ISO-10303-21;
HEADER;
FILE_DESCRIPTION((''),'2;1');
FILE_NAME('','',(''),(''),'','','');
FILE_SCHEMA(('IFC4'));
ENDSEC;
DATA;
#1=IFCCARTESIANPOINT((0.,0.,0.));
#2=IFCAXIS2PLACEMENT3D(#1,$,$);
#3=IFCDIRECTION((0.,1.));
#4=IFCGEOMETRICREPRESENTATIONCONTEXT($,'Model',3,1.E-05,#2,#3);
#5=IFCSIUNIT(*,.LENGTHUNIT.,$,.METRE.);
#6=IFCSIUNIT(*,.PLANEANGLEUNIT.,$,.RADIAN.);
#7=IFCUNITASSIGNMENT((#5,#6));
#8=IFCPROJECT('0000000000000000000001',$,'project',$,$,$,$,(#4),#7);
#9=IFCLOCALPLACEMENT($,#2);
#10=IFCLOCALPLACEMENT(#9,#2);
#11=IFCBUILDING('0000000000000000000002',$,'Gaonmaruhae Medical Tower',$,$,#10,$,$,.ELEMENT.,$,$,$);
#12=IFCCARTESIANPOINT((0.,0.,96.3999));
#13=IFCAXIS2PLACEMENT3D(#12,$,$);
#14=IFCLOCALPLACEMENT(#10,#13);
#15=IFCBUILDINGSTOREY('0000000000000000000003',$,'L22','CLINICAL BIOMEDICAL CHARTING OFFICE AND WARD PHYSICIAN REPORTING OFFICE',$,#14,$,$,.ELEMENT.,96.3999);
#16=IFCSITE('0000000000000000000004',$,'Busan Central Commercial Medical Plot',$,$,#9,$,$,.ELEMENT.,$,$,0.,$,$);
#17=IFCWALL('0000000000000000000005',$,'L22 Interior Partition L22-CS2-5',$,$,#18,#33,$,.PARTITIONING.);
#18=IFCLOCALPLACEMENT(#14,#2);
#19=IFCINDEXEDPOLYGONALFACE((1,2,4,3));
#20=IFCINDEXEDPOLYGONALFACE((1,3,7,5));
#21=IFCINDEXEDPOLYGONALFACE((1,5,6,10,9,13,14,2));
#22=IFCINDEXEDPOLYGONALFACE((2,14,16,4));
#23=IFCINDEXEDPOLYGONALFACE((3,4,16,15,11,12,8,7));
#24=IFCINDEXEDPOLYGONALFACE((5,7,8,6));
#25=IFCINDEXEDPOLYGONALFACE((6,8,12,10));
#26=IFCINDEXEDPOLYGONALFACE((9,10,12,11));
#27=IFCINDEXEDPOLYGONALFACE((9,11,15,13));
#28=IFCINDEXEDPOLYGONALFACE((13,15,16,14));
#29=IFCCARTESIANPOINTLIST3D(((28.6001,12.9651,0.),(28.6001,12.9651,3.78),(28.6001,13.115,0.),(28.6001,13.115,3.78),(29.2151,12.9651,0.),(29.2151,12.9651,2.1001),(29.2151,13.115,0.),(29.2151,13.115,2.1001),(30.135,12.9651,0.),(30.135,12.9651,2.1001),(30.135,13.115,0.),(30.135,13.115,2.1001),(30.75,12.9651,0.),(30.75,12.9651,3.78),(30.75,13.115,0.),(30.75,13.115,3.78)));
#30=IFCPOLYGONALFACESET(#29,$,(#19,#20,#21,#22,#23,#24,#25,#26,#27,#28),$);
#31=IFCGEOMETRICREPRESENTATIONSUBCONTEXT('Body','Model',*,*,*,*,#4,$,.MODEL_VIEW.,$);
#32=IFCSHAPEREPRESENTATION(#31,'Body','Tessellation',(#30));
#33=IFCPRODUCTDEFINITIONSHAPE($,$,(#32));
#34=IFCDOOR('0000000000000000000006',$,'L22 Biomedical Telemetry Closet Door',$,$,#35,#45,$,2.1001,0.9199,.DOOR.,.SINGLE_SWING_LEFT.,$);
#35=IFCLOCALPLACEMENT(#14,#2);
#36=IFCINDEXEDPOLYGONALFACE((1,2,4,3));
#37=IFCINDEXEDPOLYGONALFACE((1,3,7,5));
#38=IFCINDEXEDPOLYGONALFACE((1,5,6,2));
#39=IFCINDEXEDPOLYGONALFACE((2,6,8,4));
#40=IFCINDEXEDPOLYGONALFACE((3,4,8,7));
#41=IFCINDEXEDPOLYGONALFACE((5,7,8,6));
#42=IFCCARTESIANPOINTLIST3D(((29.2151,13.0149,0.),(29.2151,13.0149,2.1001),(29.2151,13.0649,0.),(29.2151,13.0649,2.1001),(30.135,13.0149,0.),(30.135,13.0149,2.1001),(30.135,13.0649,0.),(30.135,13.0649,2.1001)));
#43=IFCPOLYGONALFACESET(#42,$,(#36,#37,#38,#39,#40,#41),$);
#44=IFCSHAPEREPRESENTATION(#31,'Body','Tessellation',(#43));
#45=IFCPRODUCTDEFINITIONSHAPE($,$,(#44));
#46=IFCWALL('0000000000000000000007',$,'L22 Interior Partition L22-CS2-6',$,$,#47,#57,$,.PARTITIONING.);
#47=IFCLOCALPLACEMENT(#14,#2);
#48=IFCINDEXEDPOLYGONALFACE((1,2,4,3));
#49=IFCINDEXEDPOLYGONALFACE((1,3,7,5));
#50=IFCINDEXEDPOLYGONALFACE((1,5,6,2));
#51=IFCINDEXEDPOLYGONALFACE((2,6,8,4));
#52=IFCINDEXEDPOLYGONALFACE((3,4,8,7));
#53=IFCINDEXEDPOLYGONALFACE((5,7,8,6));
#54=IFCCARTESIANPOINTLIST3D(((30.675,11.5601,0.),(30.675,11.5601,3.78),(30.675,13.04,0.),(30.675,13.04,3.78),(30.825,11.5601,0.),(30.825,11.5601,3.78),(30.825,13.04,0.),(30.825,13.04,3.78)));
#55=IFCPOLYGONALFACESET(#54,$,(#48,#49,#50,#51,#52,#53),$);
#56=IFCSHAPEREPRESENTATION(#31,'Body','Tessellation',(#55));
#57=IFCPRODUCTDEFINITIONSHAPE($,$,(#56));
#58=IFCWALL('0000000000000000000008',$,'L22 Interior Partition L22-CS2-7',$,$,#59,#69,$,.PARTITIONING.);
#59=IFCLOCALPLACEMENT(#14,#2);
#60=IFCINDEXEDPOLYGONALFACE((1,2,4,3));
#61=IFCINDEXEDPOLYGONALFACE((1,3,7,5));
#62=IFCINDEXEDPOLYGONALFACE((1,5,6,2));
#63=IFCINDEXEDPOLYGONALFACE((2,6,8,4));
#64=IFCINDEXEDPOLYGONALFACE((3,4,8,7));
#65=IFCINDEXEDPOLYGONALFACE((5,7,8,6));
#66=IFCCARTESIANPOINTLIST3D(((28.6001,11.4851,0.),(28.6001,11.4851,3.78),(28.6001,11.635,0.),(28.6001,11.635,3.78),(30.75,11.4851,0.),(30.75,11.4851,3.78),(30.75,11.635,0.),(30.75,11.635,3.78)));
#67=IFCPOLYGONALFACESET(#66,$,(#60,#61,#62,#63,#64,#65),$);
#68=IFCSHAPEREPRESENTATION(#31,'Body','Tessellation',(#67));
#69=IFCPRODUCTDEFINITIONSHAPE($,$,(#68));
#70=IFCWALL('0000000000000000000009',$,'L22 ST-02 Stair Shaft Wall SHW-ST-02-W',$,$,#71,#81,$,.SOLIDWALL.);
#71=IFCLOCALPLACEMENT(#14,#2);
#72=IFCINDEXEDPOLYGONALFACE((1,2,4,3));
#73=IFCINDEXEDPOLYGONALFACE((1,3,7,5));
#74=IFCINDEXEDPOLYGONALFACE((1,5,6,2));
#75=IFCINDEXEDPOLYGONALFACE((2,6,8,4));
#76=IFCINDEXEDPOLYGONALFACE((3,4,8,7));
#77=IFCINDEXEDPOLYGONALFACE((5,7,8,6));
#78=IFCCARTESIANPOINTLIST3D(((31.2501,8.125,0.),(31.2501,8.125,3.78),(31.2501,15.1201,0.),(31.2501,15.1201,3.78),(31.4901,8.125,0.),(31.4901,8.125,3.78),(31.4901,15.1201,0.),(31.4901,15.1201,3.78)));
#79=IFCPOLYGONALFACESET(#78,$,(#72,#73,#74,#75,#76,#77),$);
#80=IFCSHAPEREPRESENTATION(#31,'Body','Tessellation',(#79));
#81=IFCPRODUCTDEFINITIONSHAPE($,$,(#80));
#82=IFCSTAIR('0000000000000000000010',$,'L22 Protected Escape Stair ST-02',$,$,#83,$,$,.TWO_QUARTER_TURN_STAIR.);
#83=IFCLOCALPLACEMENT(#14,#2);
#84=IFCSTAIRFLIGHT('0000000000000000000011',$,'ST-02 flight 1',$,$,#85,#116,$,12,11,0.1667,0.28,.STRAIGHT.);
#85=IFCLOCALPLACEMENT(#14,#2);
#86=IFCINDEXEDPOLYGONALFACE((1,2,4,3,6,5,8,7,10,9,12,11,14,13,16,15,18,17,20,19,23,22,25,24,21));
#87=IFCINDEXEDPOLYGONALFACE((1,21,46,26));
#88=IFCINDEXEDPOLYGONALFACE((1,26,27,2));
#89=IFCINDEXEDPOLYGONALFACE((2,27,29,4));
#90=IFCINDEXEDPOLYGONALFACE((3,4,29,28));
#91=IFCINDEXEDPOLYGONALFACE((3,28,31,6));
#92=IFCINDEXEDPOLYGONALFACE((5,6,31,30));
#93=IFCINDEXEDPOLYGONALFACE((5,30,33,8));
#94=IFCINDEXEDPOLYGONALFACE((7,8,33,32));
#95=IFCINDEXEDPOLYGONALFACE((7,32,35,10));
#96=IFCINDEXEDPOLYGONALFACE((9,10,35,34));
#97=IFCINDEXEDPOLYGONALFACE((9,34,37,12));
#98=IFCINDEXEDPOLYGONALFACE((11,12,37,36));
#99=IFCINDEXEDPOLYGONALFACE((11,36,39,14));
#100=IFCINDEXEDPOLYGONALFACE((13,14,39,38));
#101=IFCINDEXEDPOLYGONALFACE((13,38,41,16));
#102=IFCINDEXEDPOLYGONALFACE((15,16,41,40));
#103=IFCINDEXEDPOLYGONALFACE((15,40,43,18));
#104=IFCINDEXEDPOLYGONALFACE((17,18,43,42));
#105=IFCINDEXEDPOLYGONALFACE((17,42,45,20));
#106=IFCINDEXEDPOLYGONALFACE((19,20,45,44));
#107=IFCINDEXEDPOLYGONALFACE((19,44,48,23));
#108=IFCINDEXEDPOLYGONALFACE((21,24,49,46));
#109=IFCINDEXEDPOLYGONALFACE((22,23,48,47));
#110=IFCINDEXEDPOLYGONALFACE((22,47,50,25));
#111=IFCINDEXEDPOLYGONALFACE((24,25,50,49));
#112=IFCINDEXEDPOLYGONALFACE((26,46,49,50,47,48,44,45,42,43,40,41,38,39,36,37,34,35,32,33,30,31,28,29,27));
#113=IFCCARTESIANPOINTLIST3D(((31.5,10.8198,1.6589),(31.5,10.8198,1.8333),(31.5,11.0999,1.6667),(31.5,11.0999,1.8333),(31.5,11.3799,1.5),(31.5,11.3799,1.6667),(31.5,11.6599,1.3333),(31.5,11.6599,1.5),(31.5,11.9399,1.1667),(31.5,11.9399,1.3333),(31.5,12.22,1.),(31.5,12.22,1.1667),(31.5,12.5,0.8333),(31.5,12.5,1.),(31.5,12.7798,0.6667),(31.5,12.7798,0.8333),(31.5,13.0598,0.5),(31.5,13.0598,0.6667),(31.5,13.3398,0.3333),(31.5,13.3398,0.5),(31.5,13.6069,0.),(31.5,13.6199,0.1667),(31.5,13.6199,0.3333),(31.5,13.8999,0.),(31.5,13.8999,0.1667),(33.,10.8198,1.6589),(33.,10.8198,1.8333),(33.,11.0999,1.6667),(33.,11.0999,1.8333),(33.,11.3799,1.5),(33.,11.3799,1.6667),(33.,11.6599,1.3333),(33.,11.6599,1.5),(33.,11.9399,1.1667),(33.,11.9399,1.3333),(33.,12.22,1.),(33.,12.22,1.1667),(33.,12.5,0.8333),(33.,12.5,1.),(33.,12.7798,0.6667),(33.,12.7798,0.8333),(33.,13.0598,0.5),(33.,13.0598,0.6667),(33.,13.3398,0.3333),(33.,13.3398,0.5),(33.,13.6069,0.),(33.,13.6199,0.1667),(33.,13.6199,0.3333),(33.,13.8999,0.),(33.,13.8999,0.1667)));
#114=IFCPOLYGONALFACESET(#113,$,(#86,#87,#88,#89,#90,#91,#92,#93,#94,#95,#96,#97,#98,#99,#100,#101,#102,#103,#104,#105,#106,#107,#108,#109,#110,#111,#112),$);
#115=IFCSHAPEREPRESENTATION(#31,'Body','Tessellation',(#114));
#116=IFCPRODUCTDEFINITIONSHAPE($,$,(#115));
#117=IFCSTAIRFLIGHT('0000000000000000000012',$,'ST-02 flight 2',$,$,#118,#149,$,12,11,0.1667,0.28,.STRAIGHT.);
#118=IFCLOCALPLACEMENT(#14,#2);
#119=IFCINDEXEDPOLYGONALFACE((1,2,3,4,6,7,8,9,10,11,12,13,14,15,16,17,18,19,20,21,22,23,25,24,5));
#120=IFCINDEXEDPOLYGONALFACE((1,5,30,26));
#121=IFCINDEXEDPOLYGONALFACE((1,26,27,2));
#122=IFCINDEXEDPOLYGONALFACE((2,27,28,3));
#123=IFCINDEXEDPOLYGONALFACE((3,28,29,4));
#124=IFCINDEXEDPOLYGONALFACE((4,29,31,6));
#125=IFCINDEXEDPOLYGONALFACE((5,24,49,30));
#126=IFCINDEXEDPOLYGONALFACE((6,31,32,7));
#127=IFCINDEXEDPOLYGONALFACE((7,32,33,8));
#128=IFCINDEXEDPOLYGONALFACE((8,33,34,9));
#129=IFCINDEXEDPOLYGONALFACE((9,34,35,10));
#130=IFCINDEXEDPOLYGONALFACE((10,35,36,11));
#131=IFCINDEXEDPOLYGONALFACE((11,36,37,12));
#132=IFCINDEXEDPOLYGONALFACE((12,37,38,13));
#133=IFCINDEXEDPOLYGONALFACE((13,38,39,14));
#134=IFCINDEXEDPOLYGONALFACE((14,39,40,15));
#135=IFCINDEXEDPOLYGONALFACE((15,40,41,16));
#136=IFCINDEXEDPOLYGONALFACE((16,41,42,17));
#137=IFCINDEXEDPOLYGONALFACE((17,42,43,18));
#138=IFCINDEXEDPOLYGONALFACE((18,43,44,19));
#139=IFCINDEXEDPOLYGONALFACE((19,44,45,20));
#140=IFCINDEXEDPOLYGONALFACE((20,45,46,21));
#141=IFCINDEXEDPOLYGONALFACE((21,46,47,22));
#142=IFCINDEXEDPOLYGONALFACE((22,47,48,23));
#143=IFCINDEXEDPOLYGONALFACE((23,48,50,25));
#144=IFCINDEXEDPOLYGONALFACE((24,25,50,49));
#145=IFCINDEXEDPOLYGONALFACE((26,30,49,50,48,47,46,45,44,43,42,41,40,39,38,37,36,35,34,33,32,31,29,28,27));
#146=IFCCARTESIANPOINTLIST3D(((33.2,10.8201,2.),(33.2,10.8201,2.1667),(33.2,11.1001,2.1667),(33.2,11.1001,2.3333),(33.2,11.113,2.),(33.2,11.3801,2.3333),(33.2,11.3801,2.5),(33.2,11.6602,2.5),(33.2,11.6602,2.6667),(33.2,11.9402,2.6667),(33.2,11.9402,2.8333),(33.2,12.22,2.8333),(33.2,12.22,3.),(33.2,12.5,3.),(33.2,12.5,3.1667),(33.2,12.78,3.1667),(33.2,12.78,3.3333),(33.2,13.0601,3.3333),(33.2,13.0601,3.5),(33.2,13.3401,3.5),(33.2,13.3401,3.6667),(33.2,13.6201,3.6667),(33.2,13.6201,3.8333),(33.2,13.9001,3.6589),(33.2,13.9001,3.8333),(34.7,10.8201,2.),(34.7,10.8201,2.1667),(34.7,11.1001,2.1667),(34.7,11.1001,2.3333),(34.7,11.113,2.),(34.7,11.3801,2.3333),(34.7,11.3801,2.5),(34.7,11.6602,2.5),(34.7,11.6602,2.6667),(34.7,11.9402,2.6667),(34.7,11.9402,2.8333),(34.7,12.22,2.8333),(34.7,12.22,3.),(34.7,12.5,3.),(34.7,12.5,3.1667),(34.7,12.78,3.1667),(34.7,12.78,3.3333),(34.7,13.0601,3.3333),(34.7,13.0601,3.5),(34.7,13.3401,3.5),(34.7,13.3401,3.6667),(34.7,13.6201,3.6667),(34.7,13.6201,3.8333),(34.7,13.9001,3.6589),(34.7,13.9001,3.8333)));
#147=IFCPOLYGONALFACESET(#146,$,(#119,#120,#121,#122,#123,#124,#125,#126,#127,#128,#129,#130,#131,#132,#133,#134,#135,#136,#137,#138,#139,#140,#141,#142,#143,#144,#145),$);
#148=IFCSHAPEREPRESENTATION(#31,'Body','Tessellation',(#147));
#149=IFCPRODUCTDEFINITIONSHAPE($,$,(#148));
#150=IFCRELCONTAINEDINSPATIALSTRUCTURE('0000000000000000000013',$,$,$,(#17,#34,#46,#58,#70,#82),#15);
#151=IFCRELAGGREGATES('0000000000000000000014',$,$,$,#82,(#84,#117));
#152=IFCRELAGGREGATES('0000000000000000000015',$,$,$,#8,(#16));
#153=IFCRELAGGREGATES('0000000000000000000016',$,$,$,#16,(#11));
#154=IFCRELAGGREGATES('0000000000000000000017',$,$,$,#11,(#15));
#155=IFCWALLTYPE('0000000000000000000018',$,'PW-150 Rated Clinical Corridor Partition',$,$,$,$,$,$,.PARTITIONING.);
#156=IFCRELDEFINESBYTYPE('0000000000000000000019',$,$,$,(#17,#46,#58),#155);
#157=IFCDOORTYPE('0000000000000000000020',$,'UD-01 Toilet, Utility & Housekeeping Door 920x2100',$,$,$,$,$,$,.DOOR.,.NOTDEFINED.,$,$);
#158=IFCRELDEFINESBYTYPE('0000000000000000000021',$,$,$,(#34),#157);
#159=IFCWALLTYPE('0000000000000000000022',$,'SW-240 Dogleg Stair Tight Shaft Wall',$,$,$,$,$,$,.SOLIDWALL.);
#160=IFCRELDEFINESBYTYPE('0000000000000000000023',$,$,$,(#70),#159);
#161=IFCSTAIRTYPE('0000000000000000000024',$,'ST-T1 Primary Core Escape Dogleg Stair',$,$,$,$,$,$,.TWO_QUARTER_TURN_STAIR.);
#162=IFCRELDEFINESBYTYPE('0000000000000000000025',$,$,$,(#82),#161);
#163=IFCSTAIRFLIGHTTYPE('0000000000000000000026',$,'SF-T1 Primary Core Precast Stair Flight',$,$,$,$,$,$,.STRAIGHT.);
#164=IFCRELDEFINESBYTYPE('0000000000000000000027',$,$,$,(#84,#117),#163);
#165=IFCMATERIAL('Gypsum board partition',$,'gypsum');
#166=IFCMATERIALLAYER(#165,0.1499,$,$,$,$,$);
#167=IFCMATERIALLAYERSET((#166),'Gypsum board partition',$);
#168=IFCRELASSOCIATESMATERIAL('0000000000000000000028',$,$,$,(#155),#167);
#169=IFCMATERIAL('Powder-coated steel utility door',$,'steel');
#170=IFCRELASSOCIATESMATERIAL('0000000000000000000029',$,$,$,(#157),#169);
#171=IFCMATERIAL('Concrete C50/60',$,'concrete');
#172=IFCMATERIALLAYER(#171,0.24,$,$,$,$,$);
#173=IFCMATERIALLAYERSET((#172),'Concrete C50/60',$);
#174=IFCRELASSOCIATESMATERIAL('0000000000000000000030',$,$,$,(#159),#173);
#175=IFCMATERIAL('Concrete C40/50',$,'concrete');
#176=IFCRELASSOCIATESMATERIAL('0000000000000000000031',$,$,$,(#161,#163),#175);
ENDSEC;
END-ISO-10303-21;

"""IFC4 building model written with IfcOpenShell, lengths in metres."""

from ifc_helpers import new_model, si_unit, direction, frame, frame_2d, origin, place, context, subcontext, project, spatial, polyline, rectangle, outline, extrude, material, layer, layer_set, type_object, element, fill, aggregate, save


model = new_model("IFC4")

# Units and contexts
model_context = context("Model", 3, precision=1e-05, world=origin(), true_north=direction((0.0, 1.0)))
body_context = subcontext(model_context, "Body", "Model", "MODEL_VIEW")
ifc_project = project(units=[si_unit("LENGTHUNIT", "METRE"), si_unit("PLANEANGLEUNIT", "RADIAN")], contexts=[model_context])

# Site, building, storey
site_placement = place(None, origin())
site = spatial("IfcSite", under=ifc_project, at=site_placement, Name="Busan Central Commercial Medical Plot", CompositionType="ELEMENT", RefElevation=0.0)
building_placement = place(site_placement, origin())
building = spatial("IfcBuilding", under=site, at=building_placement, Name="Gaonmaruhae Medical Tower", CompositionType="ELEMENT")
storey_placement = place(building_placement, frame((0.0, 0.0, 96.3999)))
storey = spatial("IfcBuildingStorey", under=building, at=storey_placement, Name="L22", Description="CLINICAL BIOMEDICAL CHARTING OFFICE AND WARD PHYSICIAN REPORTING OFFICE", CompositionType="ELEMENT", Elevation=96.3999)

# Shared definitions
ifc_material_1 = material(Name="Gypsum board partition", Category="gypsum")
ifc_layer_1 = layer(ifc_material_1, 0.1499)
ifc_layer_set_1 = layer_set([ifc_layer_1], Name="Gypsum board partition")
wall_type_1 = type_object("IfcWallType", Name="PW-150 Rated Clinical Corridor Partition", PredefinedType="PARTITIONING", material=ifc_layer_set_1)

# Shared definitions
ifc_material_2 = material(Name="Powder-coated steel utility door", Category="steel")
door_type_1 = type_object("IfcDoorType", Name="UD-01 Toilet, Utility & Housekeeping Door 920x2100", OperationType="NOTDEFINED", PredefinedType="DOOR", material=ifc_material_2)

# Wall, opening, door
wall_1_placement = place(storey_placement, frame((28.6001, 13.04, 0.0), z_axis=(0.0, 0.0, 1.0), x_axis=(1.0, 0.0, 0.0)))
wall_1 = element("IfcWall", 1, at=wall_1_placement, inside=storey, type_object=wall_type_1, Name="L22 Interior Partition L22-CS2-5", PredefinedType="PARTITIONING", context=body_context, shape_type="SweptSolid", body=[
    extrude(rectangle(XDim=2.1499, YDim=0.1499, at=frame_2d((1.075, 0.0))), origin(), (0.0, 0.0, 1.0), 3.78),
])
opening_1_placement = place(wall_1_placement, frame((0.615, 0.0, 0.0)))
opening_1 = element("IfcOpeningElement", 2, at=opening_1_placement, cuts=wall_1, PredefinedType="OPENING", context=body_context, shape_type="SweptSolid", body=[
    extrude(rectangle(XDim=0.9199, YDim=2.1001, at=frame_2d((0.46, 1.05))), frame((0.0, 0.085, 0.0), z_axis=(0.0, -1.0, 0.0), x_axis=(1.0, 0.0, 0.0)), (0.0, 0.0, 1.0), 0.1699),
])
door_1_placement = place(opening_1_placement, origin())
door_1 = element("IfcDoor", 3, at=door_1_placement, inside=storey, type_object=door_type_1, Name="L22 Biomedical Telemetry Closet Door", OperationType="SINGLE_SWING_LEFT", OverallHeight=2.1001, OverallWidth=0.9199, PredefinedType="DOOR", context=body_context, shape_type="SweptSolid", body=[
    extrude(rectangle(XDim=0.9199, YDim=2.1001, at=frame_2d((0.46, 1.05))), frame((0.0, 0.0249, 0.0), z_axis=(0.0, -1.0, 0.0), x_axis=(1.0, 0.0, 0.0)), (0.0, 0.0, 1.0), 0.05),
])
fill(opening_1, door_1)

# Walls
wall_2_placement = place(storey_placement, frame((30.75, 13.04, 0.0), z_axis=(0.0, 0.0, 1.0), x_axis=(0.0, -1.0, 0.0)))
element("IfcWall", 4, at=wall_2_placement, inside=storey, type_object=wall_type_1, Name="L22 Interior Partition L22-CS2-6", PredefinedType="PARTITIONING", context=body_context, shape_type="SweptSolid", body=[
    extrude(rectangle(XDim=1.48, YDim=0.1499, at=frame_2d((0.74, 0.0))), origin(), (0.0, 0.0, 1.0), 3.78),
])
wall_3_placement = place(storey_placement, frame((30.75, 11.5601, 0.0), z_axis=(0.0, 0.0, 1.0), x_axis=(-1.0, 0.0, 0.0)))
element("IfcWall", 5, at=wall_3_placement, inside=storey, type_object=wall_type_1, Name="L22 Interior Partition L22-CS2-7", PredefinedType="PARTITIONING", context=body_context, shape_type="SweptSolid", body=[
    extrude(rectangle(XDim=2.1499, YDim=0.1499, at=frame_2d((1.075, 0.0))), origin(), (0.0, 0.0, 1.0), 3.78),
])
ifc_material_3 = material(Name="Concrete C50/60", Category="concrete")
ifc_layer_2 = layer(ifc_material_3, 0.24)
ifc_layer_set_2 = layer_set([ifc_layer_2], Name="Concrete C50/60")
wall_type_2 = type_object("IfcWallType", Name="SW-240 Dogleg Stair Tight Shaft Wall", PredefinedType="SOLIDWALL", material=ifc_layer_set_2)
wall_4_placement = place(storey_placement, frame((31.3701, 8.125, 0.0), z_axis=(0.0, 0.0, 1.0), x_axis=(0.0, 1.0, 0.0)))
element("IfcWall", 6, at=wall_4_placement, inside=storey, type_object=wall_type_2, Name="L22 ST-02 Stair Shaft Wall SHW-ST-02-W", PredefinedType="SOLIDWALL", context=body_context, shape_type="SweptSolid", body=[
    extrude(rectangle(XDim=6.9951, YDim=0.24, at=frame_2d((3.4976, 0.0))), origin(), (0.0, 0.0, 1.0), 3.78),
])

# Stair, stair flights
ifc_material_4 = material(Name="Concrete C40/50", Category="concrete")
stair_type = type_object("IfcStairType", Name="ST-T1 Primary Core Escape Dogleg Stair", PredefinedType="TWO_QUARTER_TURN_STAIR", material=ifc_material_4)
stair_placement = place(storey_placement, origin())
stair = element("IfcStair", 7, at=stair_placement, inside=storey, type_object=stair_type, Name="L22 Protected Escape Stair ST-02", PredefinedType="TWO_QUARTER_TURN_STAIR")
stair_flight_type = type_object("IfcStairFlightType", Name="SF-T1 Primary Core Precast Stair Flight", PredefinedType="STRAIGHT", material=ifc_material_4)
stair_flight_1_placement = place(storey_placement, frame((32.25, 13.8999, 0.0), z_axis=(0.0, 0.0, 1.0), x_axis=(0.0, -1.0, 0.0)))
stair_flight_1 = element("IfcStairFlight", 8, at=stair_flight_1_placement, type_object=stair_flight_type, Name="ST-02 flight 1", NumberOfRisers=12, NumberOfTreads=11, PredefinedType="STRAIGHT", RiserHeight=0.1667, TreadLength=0.28, context=body_context, shape_type="SweptSolid", body=[
    extrude(outline(polyline([(0.0, 0.0), (0.0, 0.1667), (0.28, 0.1667), (0.28, 0.3333), (0.5601, 0.3333), (0.5601, 0.5), (0.8401, 0.5), (0.8401, 0.6667), (1.1201, 0.6667), (1.1201, 0.8333), (1.3999, 0.8333), (1.3999, 1.0), (1.6799, 1.0), (1.6799, 1.1667), (1.96, 1.1667), (1.96, 1.3333), (2.24, 1.3333), (2.24, 1.5), (2.52, 1.5), (2.52, 1.6667), (2.8, 1.6667), (2.8, 1.8333), (3.0801, 1.8333), (3.0801, 2.0), (3.0801, 1.6589), (0.293, 0.0), (0.0, 0.0)])), frame((0.0, 0.75, 0.0), z_axis=(0.0, -1.0, 0.0), x_axis=(1.0, 0.0, 0.0)), (0.0, 0.0, 1.0), 1.5),
])
stair_flight_2_placement = place(storey_placement, frame((33.95, 10.8201, 2.0), z_axis=(0.0, 0.0, 1.0), x_axis=(0.0, 1.0, 0.0)))
stair_flight_2 = element("IfcStairFlight", 9, at=stair_flight_2_placement, type_object=stair_flight_type, Name="ST-02 flight 2", NumberOfRisers=12, NumberOfTreads=11, PredefinedType="STRAIGHT", RiserHeight=0.1667, TreadLength=0.28, context=body_context, shape_type="SweptSolid", body=[
    extrude(outline(polyline([(0.0, 0.0), (0.0, 0.1667), (0.28, 0.1667), (0.28, 0.3333), (0.5601, 0.3333), (0.5601, 0.5), (0.8401, 0.5), (0.8401, 0.6667), (1.1201, 0.6667), (1.1201, 0.8333), (1.3999, 0.8333), (1.3999, 1.0), (1.6799, 1.0), (1.6799, 1.1667), (1.96, 1.1667), (1.96, 1.3333), (2.24, 1.3333), (2.24, 1.5), (2.52, 1.5), (2.52, 1.6667), (2.8, 1.6667), (2.8, 1.8333), (3.0801, 1.8333), (3.0801, 2.0), (3.0801, 1.6589), (0.293, 0.0), (0.0, 0.0)])), frame((0.0, 0.75, 0.0), z_axis=(0.0, -1.0, 0.0), x_axis=(1.0, 0.0, 0.0)), (0.0, 0.0, 1.0), 1.5),
])
aggregate(stair, [stair_flight_1, stair_flight_2])

save(model, "model.ifc")
